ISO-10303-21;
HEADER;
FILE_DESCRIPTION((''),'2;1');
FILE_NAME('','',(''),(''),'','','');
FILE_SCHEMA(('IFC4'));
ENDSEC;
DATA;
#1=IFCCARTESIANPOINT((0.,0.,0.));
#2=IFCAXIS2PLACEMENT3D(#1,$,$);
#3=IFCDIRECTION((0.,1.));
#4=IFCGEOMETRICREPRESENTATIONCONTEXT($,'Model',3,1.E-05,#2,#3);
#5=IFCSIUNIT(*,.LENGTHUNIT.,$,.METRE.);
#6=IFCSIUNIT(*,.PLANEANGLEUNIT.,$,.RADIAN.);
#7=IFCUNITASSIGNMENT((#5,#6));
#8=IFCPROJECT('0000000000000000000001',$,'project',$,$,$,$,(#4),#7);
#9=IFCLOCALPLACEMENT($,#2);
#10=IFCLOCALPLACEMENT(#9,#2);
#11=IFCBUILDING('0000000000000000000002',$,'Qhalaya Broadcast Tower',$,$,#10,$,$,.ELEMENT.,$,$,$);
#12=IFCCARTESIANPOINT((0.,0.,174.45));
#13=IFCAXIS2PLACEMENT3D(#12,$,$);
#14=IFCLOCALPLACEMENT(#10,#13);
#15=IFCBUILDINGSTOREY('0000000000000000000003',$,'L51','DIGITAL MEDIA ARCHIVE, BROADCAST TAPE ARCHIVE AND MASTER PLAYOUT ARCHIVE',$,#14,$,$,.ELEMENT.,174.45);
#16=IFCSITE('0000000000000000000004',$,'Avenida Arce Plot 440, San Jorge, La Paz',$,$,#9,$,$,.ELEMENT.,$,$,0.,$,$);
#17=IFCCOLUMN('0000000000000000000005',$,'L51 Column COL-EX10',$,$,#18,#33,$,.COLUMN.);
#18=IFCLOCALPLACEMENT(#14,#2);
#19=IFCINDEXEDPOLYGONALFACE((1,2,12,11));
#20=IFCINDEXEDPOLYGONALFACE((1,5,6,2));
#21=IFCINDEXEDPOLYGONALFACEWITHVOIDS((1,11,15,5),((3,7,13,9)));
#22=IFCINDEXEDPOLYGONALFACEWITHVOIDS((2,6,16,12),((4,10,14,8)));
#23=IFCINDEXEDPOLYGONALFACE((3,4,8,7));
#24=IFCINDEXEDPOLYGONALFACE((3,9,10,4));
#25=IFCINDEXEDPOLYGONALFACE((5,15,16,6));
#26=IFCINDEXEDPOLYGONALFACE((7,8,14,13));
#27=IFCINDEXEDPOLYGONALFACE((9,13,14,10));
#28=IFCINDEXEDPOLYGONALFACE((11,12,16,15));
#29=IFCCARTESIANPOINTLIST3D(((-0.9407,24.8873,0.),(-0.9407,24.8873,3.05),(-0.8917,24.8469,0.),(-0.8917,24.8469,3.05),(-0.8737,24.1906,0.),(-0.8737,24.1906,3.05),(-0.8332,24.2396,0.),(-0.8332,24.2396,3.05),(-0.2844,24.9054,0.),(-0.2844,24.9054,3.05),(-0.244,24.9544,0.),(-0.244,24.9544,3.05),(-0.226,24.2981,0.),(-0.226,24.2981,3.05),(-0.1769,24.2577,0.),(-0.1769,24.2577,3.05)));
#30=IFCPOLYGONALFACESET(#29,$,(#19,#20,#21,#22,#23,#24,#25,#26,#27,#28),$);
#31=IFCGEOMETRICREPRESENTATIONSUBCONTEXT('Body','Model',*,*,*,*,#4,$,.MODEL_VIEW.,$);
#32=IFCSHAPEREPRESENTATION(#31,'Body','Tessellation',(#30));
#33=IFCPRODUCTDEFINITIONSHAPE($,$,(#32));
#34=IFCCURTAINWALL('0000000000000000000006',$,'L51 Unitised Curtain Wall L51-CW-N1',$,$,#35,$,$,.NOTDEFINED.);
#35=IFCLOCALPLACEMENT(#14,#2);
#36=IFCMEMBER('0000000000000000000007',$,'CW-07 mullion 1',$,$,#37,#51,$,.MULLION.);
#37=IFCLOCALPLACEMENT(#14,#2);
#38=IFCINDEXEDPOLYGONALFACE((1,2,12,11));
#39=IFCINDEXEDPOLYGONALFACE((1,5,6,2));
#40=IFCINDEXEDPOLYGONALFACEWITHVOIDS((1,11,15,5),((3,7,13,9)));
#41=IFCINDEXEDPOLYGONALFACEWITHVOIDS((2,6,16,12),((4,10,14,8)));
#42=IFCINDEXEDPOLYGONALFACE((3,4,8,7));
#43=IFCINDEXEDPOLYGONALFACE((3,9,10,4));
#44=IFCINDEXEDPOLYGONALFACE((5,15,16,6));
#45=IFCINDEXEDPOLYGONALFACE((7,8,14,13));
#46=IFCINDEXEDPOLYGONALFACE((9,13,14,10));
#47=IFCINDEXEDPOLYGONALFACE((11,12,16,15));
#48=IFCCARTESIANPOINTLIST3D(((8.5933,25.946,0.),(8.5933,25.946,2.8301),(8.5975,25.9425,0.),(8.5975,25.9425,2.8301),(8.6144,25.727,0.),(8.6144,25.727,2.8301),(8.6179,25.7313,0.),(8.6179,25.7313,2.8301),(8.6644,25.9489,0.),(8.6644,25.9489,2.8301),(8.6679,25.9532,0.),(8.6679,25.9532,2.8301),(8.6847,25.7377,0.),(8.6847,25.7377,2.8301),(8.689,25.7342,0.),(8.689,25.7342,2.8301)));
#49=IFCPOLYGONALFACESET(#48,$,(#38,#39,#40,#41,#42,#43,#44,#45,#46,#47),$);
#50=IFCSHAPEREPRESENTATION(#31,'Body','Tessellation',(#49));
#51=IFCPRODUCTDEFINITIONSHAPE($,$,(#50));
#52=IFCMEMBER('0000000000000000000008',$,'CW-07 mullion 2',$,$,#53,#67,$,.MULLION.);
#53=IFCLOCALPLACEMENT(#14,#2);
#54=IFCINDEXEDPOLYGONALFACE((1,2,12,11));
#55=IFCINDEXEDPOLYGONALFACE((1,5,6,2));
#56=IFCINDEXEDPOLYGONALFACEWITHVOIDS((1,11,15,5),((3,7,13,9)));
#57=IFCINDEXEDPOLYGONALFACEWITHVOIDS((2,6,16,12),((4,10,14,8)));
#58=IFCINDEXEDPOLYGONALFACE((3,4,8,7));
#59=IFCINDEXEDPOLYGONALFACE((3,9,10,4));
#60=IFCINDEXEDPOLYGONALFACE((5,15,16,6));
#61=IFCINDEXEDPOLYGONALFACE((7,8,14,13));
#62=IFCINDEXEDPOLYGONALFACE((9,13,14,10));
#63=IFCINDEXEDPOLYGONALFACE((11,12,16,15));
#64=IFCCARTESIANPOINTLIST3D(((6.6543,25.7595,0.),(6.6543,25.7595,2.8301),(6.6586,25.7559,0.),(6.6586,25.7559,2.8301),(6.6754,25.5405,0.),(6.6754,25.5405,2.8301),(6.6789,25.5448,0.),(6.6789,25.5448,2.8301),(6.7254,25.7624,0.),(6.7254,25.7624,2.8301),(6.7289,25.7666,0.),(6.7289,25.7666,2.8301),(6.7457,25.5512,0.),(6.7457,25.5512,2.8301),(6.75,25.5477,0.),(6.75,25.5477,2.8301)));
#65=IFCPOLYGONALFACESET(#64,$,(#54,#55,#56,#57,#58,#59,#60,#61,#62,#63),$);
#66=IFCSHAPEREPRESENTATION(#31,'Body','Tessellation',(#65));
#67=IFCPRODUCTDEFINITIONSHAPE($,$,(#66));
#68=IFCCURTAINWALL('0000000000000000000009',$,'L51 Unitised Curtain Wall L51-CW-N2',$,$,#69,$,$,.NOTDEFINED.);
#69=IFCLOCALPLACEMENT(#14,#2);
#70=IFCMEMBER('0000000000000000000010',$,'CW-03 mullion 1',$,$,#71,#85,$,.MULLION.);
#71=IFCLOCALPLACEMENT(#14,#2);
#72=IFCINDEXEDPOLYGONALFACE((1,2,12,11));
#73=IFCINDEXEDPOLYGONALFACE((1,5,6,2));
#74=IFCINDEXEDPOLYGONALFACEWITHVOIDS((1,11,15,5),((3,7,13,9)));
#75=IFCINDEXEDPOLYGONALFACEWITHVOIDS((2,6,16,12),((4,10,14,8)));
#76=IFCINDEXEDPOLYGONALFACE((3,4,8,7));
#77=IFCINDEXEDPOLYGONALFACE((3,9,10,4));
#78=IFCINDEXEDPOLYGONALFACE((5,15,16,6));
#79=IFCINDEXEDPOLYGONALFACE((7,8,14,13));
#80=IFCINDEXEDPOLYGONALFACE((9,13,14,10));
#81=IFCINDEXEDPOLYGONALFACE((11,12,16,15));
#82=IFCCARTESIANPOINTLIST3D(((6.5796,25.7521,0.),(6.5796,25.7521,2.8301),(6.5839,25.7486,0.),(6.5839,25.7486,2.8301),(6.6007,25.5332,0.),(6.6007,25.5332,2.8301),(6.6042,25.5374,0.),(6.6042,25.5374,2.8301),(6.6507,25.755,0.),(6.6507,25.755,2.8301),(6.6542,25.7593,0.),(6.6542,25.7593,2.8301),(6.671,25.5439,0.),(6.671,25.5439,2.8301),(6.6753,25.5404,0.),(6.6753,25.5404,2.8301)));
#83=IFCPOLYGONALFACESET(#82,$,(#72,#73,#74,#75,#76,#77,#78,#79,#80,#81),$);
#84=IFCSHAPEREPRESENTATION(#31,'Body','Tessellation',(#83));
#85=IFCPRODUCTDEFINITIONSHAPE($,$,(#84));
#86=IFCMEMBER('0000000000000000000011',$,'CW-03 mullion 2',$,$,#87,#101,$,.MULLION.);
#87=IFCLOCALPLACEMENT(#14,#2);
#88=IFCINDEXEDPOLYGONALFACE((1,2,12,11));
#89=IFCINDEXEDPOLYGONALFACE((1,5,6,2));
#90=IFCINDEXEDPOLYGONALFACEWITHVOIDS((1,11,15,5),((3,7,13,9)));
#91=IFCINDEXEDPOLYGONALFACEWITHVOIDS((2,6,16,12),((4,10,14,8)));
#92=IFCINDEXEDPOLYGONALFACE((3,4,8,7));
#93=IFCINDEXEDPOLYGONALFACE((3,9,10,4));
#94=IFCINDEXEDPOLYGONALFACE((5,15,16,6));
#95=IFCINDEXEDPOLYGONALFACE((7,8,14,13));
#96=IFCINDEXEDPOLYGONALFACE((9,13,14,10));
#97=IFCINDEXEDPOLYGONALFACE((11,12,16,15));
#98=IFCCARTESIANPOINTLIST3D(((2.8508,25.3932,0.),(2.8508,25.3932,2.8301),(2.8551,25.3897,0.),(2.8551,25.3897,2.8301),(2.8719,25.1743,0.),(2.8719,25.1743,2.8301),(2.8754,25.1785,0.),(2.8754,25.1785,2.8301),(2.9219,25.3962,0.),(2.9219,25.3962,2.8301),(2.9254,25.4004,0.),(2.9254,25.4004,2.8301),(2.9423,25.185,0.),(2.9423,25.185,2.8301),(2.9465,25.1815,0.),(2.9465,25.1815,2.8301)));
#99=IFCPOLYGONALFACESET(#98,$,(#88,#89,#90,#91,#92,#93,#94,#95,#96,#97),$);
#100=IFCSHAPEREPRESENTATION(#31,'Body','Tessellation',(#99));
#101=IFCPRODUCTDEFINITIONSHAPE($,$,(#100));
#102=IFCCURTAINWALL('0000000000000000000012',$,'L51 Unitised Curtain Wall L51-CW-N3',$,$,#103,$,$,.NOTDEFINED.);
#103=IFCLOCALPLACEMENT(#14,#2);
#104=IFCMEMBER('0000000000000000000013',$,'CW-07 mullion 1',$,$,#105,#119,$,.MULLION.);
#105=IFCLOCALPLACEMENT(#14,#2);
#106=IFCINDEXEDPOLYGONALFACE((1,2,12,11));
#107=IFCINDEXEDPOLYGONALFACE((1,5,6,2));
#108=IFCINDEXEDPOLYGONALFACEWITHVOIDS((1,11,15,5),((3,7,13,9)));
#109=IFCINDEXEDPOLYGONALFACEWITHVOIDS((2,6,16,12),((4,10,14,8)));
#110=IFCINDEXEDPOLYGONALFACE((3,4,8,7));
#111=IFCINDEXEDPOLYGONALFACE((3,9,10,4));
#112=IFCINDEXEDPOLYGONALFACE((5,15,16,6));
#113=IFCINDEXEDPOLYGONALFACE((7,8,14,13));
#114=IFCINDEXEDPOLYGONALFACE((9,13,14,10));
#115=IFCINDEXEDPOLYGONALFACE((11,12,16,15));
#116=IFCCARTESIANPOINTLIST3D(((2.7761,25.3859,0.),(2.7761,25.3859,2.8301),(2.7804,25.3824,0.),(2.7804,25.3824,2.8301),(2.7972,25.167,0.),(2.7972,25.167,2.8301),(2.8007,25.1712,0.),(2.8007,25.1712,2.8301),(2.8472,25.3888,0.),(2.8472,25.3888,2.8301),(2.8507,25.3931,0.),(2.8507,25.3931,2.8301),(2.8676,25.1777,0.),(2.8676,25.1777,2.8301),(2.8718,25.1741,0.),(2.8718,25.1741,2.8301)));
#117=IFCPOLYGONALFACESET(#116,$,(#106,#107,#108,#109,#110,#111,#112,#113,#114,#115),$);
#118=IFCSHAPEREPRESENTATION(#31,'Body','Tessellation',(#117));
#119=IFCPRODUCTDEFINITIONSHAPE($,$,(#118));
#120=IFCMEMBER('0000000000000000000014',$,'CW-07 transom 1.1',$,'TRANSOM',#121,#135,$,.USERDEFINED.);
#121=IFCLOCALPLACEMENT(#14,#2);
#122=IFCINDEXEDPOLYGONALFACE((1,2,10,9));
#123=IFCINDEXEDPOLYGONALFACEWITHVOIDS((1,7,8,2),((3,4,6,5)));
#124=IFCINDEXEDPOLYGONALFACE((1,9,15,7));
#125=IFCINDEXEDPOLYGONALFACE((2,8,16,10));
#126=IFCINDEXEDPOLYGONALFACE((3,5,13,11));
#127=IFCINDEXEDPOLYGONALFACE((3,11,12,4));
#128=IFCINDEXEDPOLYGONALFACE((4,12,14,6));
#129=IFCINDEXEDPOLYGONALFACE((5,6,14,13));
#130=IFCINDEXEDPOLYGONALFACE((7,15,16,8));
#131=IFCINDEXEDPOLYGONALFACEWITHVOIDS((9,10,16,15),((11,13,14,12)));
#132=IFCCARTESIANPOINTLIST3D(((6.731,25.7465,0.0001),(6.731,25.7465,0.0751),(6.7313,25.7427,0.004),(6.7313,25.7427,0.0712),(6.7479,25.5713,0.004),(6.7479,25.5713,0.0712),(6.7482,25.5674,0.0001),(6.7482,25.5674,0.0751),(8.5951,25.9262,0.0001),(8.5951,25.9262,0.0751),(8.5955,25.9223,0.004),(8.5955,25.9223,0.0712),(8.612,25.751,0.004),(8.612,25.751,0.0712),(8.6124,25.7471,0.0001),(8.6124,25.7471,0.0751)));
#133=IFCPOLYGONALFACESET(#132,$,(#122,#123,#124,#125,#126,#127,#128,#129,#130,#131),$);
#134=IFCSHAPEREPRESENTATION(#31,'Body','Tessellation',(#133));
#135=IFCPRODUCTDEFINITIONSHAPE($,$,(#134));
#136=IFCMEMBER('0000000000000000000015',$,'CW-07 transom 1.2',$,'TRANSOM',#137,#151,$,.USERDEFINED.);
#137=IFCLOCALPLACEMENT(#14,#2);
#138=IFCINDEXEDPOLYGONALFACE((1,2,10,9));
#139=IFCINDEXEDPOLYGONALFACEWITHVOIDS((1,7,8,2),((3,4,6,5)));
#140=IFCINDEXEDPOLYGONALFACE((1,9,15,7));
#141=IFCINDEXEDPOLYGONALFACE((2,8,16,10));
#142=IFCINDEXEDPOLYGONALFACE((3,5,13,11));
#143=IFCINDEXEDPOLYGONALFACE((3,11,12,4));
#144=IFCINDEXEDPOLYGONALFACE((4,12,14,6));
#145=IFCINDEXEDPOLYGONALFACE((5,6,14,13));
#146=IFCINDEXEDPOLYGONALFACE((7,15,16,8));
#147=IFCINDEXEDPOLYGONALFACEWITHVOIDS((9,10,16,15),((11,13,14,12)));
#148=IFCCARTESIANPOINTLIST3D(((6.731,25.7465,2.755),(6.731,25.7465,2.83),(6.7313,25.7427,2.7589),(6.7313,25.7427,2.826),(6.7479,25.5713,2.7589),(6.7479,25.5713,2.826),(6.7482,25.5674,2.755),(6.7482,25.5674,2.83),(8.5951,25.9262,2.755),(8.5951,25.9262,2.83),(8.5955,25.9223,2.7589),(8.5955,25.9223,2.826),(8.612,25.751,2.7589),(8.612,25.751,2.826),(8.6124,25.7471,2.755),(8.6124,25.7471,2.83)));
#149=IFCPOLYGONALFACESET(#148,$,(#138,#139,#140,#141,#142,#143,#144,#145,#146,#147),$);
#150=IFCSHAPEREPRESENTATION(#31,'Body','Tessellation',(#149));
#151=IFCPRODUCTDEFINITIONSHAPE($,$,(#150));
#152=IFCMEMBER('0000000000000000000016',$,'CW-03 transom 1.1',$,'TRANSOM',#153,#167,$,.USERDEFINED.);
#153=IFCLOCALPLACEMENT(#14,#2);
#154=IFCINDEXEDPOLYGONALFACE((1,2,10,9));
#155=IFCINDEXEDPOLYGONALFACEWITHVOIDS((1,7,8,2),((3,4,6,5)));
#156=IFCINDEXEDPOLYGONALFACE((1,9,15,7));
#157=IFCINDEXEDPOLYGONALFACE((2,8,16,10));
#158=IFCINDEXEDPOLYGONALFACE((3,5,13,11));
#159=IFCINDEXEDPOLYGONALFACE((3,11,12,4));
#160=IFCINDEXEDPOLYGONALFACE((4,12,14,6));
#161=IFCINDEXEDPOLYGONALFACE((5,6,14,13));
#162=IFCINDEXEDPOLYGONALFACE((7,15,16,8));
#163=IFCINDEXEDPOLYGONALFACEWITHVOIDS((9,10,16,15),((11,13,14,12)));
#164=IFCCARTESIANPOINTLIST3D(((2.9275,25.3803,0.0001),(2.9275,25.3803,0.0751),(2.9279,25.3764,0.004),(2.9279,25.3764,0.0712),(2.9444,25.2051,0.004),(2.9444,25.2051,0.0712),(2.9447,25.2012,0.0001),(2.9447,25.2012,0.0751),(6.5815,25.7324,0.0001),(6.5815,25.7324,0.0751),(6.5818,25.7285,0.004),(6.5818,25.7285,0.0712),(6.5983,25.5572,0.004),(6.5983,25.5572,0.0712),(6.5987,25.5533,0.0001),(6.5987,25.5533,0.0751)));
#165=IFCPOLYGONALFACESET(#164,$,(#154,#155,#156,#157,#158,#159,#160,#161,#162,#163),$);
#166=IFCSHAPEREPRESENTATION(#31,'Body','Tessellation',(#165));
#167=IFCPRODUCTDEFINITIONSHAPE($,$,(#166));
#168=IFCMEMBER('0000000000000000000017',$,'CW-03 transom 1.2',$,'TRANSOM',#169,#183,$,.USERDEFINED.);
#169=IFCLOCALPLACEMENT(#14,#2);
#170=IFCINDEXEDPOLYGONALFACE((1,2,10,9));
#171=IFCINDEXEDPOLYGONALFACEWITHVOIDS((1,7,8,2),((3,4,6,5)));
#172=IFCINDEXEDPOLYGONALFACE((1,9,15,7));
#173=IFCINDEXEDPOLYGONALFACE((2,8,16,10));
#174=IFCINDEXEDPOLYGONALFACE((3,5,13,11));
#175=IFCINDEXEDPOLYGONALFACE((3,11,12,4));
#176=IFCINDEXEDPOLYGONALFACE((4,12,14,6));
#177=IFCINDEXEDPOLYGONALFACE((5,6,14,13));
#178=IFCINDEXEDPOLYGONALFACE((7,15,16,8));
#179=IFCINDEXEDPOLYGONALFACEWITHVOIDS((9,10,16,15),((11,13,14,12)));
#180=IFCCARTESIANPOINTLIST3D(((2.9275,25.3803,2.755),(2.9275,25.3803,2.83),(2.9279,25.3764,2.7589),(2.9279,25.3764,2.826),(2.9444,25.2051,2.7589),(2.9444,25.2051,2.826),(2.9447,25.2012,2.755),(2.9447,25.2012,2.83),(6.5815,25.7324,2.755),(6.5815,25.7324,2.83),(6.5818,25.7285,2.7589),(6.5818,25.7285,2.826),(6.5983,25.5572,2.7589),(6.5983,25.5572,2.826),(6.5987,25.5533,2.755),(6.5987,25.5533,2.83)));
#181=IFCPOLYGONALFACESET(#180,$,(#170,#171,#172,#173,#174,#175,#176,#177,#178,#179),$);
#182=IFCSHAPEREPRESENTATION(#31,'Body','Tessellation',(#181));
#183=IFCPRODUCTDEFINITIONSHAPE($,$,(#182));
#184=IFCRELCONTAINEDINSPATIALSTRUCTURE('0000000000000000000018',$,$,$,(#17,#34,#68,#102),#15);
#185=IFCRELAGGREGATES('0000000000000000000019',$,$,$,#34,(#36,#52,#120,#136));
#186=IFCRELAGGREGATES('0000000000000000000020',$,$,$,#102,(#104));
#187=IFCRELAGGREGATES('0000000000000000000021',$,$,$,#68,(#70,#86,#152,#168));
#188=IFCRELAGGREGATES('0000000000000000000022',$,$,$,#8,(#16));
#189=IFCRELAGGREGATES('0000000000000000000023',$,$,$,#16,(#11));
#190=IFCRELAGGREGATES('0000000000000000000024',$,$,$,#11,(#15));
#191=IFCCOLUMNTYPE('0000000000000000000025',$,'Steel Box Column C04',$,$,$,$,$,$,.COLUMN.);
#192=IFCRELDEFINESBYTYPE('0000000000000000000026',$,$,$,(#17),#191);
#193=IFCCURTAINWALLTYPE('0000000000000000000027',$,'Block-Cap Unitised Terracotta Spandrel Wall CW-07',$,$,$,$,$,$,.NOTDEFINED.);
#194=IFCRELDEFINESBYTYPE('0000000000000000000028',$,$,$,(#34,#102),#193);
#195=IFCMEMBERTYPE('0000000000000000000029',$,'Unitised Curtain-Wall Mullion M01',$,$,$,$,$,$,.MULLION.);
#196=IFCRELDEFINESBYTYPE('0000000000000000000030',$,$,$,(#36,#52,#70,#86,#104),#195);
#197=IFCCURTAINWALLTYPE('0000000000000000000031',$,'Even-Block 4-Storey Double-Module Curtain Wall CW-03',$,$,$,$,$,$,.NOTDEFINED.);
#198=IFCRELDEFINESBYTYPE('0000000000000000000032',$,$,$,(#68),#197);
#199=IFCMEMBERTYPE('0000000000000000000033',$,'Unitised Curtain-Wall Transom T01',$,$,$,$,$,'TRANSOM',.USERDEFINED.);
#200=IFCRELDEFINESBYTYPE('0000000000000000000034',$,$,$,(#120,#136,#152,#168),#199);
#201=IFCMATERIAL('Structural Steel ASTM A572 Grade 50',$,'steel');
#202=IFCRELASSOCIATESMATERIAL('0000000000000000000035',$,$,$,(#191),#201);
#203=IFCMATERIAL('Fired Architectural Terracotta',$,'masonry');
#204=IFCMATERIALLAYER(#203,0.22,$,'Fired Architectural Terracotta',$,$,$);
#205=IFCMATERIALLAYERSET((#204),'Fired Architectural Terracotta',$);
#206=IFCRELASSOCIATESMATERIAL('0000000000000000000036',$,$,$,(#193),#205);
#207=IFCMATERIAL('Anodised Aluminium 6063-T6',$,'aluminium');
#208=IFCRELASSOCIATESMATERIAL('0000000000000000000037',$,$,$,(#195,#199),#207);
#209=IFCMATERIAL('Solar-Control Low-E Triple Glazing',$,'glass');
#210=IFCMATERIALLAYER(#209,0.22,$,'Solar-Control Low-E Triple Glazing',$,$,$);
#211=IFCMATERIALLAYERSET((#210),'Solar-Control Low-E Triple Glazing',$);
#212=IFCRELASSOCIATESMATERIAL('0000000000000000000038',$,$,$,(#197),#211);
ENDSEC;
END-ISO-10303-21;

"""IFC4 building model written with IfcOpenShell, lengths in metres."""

from ifc_helpers import new_model, si_unit, direction, frame, origin, origin_2d, place, context, subcontext, project, spatial, hollow_rectangle, extrude, material, layer, layer_set, material_profile, profile_set, type_object, element, aggregate, save


model = new_model("IFC4")

# Units and contexts
model_context = context("Model", 3, precision=1e-05, world=origin(), true_north=direction((0.0, 1.0)))
body_context = subcontext(model_context, "Body", "Model", "MODEL_VIEW")
ifc_project = project(units=[si_unit("LENGTHUNIT", "METRE"), si_unit("PLANEANGLEUNIT", "RADIAN")], contexts=[model_context])

# Site, building, storey
site_placement = place(None, origin())
site = spatial("IfcSite", under=ifc_project, at=site_placement, Name="Avenida Arce Plot 440, San Jorge, La Paz", CompositionType="ELEMENT", RefElevation=0.0)
building_placement = place(site_placement, origin())
building = spatial("IfcBuilding", under=site, at=building_placement, Name="Qhalaya Broadcast Tower", CompositionType="ELEMENT")
storey_placement = place(building_placement, frame((0.0, 0.0, 174.45)))
storey = spatial("IfcBuildingStorey", under=building, at=storey_placement, Name="L51", Description="DIGITAL MEDIA ARCHIVE, BROADCAST TAPE ARCHIVE AND MASTER PLAYOUT ARCHIVE", CompositionType="ELEMENT", Elevation=174.45)

# Column
ifc_material_1 = material(Name="Structural Steel ASTM A572 Grade 50", Category="steel")
ifc_material_profile_1 = material_profile(ifc_material_1, hollow_rectangle(XDim=0.7, YDim=0.7, WallThickness=0.0449, at=origin_2d()), Name="BOX 700x700x45")
ifc_profile_set_1 = profile_set([ifc_material_profile_1], Name="Structural Steel ASTM A572 Grade 50")
column_type = type_object("IfcColumnType", Name="Steel Box Column C04", PredefinedType="COLUMN", material=ifc_profile_set_1)
column_placement = place(storey_placement, frame((-0.5588, 24.5725, 0.0), z_axis=(0.0, 0.0, 1.0), x_axis=(0.995396, 0.095846, 0.0)))
element("IfcColumn", 1, at=column_placement, inside=storey, type_object=column_type, Name="L51 Column COL-EX10", PredefinedType="COLUMN", context=body_context, shape_type="SweptSolid", body=[
    extrude(hollow_rectangle(XDim=0.7, YDim=0.7, WallThickness=0.0449, at=origin_2d()), origin(), (0.0, 0.0, 1.0), 3.05),
])

# Curtain walls, members
ifc_material_2 = material(Name="Fired Architectural Terracotta", Category="masonry")
ifc_layer_1 = layer(ifc_material_2, 0.22, Name="Fired Architectural Terracotta")
ifc_layer_set_1 = layer_set([ifc_layer_1], Name="Fired Architectural Terracotta")
curtain_wall_type_1 = type_object("IfcCurtainWallType", Name="Block-Cap Unitised Terracotta Spandrel Wall CW-07", PredefinedType="NOTDEFINED", material=ifc_layer_set_1)
curtain_wall_1_placement = place(storey_placement, origin())
curtain_wall_1 = element("IfcCurtainWall", 2, at=curtain_wall_1_placement, inside=storey, type_object=curtain_wall_type_1, Name="L51 Unitised Curtain Wall L51-CW-N1", PredefinedType="NOTDEFINED")
ifc_material_3 = material(Name="Anodised Aluminium 6063-T6", Category="aluminium")
ifc_material_profile_2 = material_profile(ifc_material_3, hollow_rectangle(XDim=0.075, YDim=0.22, WallThickness=0.0039, at=origin_2d()), Name="ALU-MUL 75x220x4")
ifc_profile_set_2 = profile_set([ifc_material_profile_2], Name="Anodised Aluminium 6063-T6")
member_type_1 = type_object("IfcMemberType", Name="Unitised Curtain-Wall Mullion M01", PredefinedType="MULLION", material=ifc_profile_set_2)
member_1_placement = place(storey_placement, frame((8.6411, 25.8401, 0.0), z_axis=(0.0, 0.0, 1.0), x_axis=(-0.995396, -0.095847, 0.0)))
member_1 = element("IfcMember", 3, at=member_1_placement, type_object=member_type_1, Name="CW-07 mullion 1", PredefinedType="MULLION", context=body_context, shape_type="SweptSolid", body=[
    extrude(hollow_rectangle(XDim=0.075, YDim=0.22, WallThickness=0.0039, at=origin_2d()), origin(), (0.0, 0.0, 1.0), 2.8301),
])
member_2_placement = place(storey_placement, frame((6.7021, 25.6536, 0.0), z_axis=(0.0, 0.0, 1.0), x_axis=(-0.995396, -0.095847, 0.0)))
member_2 = element("IfcMember", 4, at=member_2_placement, type_object=member_type_1, Name="CW-07 mullion 2", PredefinedType="MULLION", context=body_context, shape_type="SweptSolid", body=[
    extrude(hollow_rectangle(XDim=0.075, YDim=0.22, WallThickness=0.0039, at=origin_2d()), origin(), (0.0, 0.0, 1.0), 2.8301),
])
ifc_material_4 = material(Name="Solar-Control Low-E Triple Glazing", Category="glass")
ifc_layer_2 = layer(ifc_material_4, 0.22, Name="Solar-Control Low-E Triple Glazing")
ifc_layer_set_2 = layer_set([ifc_layer_2], Name="Solar-Control Low-E Triple Glazing")
curtain_wall_type_2 = type_object("IfcCurtainWallType", Name="Even-Block 4-Storey Double-Module Curtain Wall CW-03", PredefinedType="NOTDEFINED", material=ifc_layer_set_2)
curtain_wall_2_placement = place(storey_placement, origin())
curtain_wall_2 = element("IfcCurtainWall", 5, at=curtain_wall_2_placement, inside=storey, type_object=curtain_wall_type_2, Name="L51 Unitised Curtain Wall L51-CW-N2", PredefinedType="NOTDEFINED")
member_3_placement = place(storey_placement, frame((6.6274, 25.6462, 0.0), z_axis=(0.0, 0.0, 1.0), x_axis=(-0.995397, -0.095839, 0.0)))
member_3 = element("IfcMember", 6, at=member_3_placement, type_object=member_type_1, Name="CW-03 mullion 1", PredefinedType="MULLION", context=body_context, shape_type="SweptSolid", body=[
    extrude(hollow_rectangle(XDim=0.075, YDim=0.22, WallThickness=0.0039, at=origin_2d()), origin(), (0.0, 0.0, 1.0), 2.8301),
])
member_4_placement = place(storey_placement, frame((2.8987, 25.2874, 0.0), z_axis=(0.0, 0.0, 1.0), x_axis=(-0.995397, -0.095839, 0.0)))
member_4 = element("IfcMember", 7, at=member_4_placement, type_object=member_type_1, Name="CW-03 mullion 2", PredefinedType="MULLION", context=body_context, shape_type="SweptSolid", body=[
    extrude(hollow_rectangle(XDim=0.075, YDim=0.22, WallThickness=0.0039, at=origin_2d()), origin(), (0.0, 0.0, 1.0), 2.8301),
])

# Curtain wall, member
curtain_wall_3_placement = place(storey_placement, origin())
curtain_wall_3 = element("IfcCurtainWall", 8, at=curtain_wall_3_placement, inside=storey, type_object=curtain_wall_type_1, Name="L51 Unitised Curtain Wall L51-CW-N3", PredefinedType="NOTDEFINED")
member_5_placement = place(storey_placement, frame((2.824, 25.28, 0.0), z_axis=(0.0, 0.0, 1.0), x_axis=(-0.995396, -0.095844, 0.0)))
member_5 = element("IfcMember", 9, at=member_5_placement, type_object=member_type_1, Name="CW-07 mullion 1", PredefinedType="MULLION", context=body_context, shape_type="SweptSolid", body=[
    extrude(hollow_rectangle(XDim=0.075, YDim=0.22, WallThickness=0.0039, at=origin_2d()), origin(), (0.0, 0.0, 1.0), 2.8301),
])

# Members
ifc_material_profile_3 = material_profile(ifc_material_3, hollow_rectangle(XDim=0.075, YDim=0.1799, WallThickness=0.0039, at=origin_2d()), Name="ALU-TRN 75x180x4")
ifc_profile_set_3 = profile_set([ifc_material_profile_3], Name="Anodised Aluminium 6063-T6")
member_type_2 = type_object("IfcMemberType", Name="Unitised Curtain-Wall Transom T01", ElementType="TRANSOM", PredefinedType="USERDEFINED", material=ifc_profile_set_3)
member_6_placement = place(storey_placement, frame((8.6038, 25.8367, 0.0376), z_axis=(-0.995387, -0.095941, 0.0), x_axis=(0.0, 0.0, 1.0)))
member_6 = element("IfcMember", 10, at=member_6_placement, type_object=member_type_2, Name="CW-07 transom 1.1", ObjectType="TRANSOM", PredefinedType="USERDEFINED", context=body_context, shape_type="SweptSolid", body=[
    extrude(hollow_rectangle(XDim=0.075, YDim=0.1799, WallThickness=0.0039, at=origin_2d()), origin(), (0.0, 0.0, 1.0), 1.8728),
])
member_7_placement = place(storey_placement, frame((8.6038, 25.8367, 2.7925), z_axis=(-0.995387, -0.095941, 0.0), x_axis=(0.0, 0.0, 1.0)))
member_7 = element("IfcMember", 11, at=member_7_placement, type_object=member_type_2, Name="CW-07 transom 1.2", ObjectType="TRANSOM", PredefinedType="USERDEFINED", context=body_context, shape_type="SweptSolid", body=[
    extrude(hollow_rectangle(XDim=0.075, YDim=0.1799, WallThickness=0.0039, at=origin_2d()), origin(), (0.0, 0.0, 1.0), 1.8728),
])
member_8_placement = place(storey_placement, frame((6.5901, 25.6428, 0.0376), z_axis=(-0.995391, -0.095901, 0.0), x_axis=(0.0, 0.0, 1.0)))
member_8 = element("IfcMember", 12, at=member_8_placement, type_object=member_type_2, Name="CW-03 transom 1.1", ObjectType="TRANSOM", PredefinedType="USERDEFINED", context=body_context, shape_type="SweptSolid", body=[
    extrude(hollow_rectangle(XDim=0.075, YDim=0.1799, WallThickness=0.0039, at=origin_2d()), origin(), (0.0, 0.0, 1.0), 3.6709),
])
member_9_placement = place(storey_placement, frame((6.5901, 25.6428, 2.7925), z_axis=(-0.995391, -0.095901, 0.0), x_axis=(0.0, 0.0, 1.0)))
member_9 = element("IfcMember", 13, at=member_9_placement, type_object=member_type_2, Name="CW-03 transom 1.2", ObjectType="TRANSOM", PredefinedType="USERDEFINED", context=body_context, shape_type="SweptSolid", body=[
    extrude(hollow_rectangle(XDim=0.075, YDim=0.1799, WallThickness=0.0039, at=origin_2d()), origin(), (0.0, 0.0, 1.0), 3.6709),
])

aggregate(curtain_wall_1, [member_1, member_2, member_6, member_7])
aggregate(curtain_wall_3, [member_5])
aggregate(curtain_wall_2, [member_3, member_4, member_8, member_9])

save(model, "model.ifc")
